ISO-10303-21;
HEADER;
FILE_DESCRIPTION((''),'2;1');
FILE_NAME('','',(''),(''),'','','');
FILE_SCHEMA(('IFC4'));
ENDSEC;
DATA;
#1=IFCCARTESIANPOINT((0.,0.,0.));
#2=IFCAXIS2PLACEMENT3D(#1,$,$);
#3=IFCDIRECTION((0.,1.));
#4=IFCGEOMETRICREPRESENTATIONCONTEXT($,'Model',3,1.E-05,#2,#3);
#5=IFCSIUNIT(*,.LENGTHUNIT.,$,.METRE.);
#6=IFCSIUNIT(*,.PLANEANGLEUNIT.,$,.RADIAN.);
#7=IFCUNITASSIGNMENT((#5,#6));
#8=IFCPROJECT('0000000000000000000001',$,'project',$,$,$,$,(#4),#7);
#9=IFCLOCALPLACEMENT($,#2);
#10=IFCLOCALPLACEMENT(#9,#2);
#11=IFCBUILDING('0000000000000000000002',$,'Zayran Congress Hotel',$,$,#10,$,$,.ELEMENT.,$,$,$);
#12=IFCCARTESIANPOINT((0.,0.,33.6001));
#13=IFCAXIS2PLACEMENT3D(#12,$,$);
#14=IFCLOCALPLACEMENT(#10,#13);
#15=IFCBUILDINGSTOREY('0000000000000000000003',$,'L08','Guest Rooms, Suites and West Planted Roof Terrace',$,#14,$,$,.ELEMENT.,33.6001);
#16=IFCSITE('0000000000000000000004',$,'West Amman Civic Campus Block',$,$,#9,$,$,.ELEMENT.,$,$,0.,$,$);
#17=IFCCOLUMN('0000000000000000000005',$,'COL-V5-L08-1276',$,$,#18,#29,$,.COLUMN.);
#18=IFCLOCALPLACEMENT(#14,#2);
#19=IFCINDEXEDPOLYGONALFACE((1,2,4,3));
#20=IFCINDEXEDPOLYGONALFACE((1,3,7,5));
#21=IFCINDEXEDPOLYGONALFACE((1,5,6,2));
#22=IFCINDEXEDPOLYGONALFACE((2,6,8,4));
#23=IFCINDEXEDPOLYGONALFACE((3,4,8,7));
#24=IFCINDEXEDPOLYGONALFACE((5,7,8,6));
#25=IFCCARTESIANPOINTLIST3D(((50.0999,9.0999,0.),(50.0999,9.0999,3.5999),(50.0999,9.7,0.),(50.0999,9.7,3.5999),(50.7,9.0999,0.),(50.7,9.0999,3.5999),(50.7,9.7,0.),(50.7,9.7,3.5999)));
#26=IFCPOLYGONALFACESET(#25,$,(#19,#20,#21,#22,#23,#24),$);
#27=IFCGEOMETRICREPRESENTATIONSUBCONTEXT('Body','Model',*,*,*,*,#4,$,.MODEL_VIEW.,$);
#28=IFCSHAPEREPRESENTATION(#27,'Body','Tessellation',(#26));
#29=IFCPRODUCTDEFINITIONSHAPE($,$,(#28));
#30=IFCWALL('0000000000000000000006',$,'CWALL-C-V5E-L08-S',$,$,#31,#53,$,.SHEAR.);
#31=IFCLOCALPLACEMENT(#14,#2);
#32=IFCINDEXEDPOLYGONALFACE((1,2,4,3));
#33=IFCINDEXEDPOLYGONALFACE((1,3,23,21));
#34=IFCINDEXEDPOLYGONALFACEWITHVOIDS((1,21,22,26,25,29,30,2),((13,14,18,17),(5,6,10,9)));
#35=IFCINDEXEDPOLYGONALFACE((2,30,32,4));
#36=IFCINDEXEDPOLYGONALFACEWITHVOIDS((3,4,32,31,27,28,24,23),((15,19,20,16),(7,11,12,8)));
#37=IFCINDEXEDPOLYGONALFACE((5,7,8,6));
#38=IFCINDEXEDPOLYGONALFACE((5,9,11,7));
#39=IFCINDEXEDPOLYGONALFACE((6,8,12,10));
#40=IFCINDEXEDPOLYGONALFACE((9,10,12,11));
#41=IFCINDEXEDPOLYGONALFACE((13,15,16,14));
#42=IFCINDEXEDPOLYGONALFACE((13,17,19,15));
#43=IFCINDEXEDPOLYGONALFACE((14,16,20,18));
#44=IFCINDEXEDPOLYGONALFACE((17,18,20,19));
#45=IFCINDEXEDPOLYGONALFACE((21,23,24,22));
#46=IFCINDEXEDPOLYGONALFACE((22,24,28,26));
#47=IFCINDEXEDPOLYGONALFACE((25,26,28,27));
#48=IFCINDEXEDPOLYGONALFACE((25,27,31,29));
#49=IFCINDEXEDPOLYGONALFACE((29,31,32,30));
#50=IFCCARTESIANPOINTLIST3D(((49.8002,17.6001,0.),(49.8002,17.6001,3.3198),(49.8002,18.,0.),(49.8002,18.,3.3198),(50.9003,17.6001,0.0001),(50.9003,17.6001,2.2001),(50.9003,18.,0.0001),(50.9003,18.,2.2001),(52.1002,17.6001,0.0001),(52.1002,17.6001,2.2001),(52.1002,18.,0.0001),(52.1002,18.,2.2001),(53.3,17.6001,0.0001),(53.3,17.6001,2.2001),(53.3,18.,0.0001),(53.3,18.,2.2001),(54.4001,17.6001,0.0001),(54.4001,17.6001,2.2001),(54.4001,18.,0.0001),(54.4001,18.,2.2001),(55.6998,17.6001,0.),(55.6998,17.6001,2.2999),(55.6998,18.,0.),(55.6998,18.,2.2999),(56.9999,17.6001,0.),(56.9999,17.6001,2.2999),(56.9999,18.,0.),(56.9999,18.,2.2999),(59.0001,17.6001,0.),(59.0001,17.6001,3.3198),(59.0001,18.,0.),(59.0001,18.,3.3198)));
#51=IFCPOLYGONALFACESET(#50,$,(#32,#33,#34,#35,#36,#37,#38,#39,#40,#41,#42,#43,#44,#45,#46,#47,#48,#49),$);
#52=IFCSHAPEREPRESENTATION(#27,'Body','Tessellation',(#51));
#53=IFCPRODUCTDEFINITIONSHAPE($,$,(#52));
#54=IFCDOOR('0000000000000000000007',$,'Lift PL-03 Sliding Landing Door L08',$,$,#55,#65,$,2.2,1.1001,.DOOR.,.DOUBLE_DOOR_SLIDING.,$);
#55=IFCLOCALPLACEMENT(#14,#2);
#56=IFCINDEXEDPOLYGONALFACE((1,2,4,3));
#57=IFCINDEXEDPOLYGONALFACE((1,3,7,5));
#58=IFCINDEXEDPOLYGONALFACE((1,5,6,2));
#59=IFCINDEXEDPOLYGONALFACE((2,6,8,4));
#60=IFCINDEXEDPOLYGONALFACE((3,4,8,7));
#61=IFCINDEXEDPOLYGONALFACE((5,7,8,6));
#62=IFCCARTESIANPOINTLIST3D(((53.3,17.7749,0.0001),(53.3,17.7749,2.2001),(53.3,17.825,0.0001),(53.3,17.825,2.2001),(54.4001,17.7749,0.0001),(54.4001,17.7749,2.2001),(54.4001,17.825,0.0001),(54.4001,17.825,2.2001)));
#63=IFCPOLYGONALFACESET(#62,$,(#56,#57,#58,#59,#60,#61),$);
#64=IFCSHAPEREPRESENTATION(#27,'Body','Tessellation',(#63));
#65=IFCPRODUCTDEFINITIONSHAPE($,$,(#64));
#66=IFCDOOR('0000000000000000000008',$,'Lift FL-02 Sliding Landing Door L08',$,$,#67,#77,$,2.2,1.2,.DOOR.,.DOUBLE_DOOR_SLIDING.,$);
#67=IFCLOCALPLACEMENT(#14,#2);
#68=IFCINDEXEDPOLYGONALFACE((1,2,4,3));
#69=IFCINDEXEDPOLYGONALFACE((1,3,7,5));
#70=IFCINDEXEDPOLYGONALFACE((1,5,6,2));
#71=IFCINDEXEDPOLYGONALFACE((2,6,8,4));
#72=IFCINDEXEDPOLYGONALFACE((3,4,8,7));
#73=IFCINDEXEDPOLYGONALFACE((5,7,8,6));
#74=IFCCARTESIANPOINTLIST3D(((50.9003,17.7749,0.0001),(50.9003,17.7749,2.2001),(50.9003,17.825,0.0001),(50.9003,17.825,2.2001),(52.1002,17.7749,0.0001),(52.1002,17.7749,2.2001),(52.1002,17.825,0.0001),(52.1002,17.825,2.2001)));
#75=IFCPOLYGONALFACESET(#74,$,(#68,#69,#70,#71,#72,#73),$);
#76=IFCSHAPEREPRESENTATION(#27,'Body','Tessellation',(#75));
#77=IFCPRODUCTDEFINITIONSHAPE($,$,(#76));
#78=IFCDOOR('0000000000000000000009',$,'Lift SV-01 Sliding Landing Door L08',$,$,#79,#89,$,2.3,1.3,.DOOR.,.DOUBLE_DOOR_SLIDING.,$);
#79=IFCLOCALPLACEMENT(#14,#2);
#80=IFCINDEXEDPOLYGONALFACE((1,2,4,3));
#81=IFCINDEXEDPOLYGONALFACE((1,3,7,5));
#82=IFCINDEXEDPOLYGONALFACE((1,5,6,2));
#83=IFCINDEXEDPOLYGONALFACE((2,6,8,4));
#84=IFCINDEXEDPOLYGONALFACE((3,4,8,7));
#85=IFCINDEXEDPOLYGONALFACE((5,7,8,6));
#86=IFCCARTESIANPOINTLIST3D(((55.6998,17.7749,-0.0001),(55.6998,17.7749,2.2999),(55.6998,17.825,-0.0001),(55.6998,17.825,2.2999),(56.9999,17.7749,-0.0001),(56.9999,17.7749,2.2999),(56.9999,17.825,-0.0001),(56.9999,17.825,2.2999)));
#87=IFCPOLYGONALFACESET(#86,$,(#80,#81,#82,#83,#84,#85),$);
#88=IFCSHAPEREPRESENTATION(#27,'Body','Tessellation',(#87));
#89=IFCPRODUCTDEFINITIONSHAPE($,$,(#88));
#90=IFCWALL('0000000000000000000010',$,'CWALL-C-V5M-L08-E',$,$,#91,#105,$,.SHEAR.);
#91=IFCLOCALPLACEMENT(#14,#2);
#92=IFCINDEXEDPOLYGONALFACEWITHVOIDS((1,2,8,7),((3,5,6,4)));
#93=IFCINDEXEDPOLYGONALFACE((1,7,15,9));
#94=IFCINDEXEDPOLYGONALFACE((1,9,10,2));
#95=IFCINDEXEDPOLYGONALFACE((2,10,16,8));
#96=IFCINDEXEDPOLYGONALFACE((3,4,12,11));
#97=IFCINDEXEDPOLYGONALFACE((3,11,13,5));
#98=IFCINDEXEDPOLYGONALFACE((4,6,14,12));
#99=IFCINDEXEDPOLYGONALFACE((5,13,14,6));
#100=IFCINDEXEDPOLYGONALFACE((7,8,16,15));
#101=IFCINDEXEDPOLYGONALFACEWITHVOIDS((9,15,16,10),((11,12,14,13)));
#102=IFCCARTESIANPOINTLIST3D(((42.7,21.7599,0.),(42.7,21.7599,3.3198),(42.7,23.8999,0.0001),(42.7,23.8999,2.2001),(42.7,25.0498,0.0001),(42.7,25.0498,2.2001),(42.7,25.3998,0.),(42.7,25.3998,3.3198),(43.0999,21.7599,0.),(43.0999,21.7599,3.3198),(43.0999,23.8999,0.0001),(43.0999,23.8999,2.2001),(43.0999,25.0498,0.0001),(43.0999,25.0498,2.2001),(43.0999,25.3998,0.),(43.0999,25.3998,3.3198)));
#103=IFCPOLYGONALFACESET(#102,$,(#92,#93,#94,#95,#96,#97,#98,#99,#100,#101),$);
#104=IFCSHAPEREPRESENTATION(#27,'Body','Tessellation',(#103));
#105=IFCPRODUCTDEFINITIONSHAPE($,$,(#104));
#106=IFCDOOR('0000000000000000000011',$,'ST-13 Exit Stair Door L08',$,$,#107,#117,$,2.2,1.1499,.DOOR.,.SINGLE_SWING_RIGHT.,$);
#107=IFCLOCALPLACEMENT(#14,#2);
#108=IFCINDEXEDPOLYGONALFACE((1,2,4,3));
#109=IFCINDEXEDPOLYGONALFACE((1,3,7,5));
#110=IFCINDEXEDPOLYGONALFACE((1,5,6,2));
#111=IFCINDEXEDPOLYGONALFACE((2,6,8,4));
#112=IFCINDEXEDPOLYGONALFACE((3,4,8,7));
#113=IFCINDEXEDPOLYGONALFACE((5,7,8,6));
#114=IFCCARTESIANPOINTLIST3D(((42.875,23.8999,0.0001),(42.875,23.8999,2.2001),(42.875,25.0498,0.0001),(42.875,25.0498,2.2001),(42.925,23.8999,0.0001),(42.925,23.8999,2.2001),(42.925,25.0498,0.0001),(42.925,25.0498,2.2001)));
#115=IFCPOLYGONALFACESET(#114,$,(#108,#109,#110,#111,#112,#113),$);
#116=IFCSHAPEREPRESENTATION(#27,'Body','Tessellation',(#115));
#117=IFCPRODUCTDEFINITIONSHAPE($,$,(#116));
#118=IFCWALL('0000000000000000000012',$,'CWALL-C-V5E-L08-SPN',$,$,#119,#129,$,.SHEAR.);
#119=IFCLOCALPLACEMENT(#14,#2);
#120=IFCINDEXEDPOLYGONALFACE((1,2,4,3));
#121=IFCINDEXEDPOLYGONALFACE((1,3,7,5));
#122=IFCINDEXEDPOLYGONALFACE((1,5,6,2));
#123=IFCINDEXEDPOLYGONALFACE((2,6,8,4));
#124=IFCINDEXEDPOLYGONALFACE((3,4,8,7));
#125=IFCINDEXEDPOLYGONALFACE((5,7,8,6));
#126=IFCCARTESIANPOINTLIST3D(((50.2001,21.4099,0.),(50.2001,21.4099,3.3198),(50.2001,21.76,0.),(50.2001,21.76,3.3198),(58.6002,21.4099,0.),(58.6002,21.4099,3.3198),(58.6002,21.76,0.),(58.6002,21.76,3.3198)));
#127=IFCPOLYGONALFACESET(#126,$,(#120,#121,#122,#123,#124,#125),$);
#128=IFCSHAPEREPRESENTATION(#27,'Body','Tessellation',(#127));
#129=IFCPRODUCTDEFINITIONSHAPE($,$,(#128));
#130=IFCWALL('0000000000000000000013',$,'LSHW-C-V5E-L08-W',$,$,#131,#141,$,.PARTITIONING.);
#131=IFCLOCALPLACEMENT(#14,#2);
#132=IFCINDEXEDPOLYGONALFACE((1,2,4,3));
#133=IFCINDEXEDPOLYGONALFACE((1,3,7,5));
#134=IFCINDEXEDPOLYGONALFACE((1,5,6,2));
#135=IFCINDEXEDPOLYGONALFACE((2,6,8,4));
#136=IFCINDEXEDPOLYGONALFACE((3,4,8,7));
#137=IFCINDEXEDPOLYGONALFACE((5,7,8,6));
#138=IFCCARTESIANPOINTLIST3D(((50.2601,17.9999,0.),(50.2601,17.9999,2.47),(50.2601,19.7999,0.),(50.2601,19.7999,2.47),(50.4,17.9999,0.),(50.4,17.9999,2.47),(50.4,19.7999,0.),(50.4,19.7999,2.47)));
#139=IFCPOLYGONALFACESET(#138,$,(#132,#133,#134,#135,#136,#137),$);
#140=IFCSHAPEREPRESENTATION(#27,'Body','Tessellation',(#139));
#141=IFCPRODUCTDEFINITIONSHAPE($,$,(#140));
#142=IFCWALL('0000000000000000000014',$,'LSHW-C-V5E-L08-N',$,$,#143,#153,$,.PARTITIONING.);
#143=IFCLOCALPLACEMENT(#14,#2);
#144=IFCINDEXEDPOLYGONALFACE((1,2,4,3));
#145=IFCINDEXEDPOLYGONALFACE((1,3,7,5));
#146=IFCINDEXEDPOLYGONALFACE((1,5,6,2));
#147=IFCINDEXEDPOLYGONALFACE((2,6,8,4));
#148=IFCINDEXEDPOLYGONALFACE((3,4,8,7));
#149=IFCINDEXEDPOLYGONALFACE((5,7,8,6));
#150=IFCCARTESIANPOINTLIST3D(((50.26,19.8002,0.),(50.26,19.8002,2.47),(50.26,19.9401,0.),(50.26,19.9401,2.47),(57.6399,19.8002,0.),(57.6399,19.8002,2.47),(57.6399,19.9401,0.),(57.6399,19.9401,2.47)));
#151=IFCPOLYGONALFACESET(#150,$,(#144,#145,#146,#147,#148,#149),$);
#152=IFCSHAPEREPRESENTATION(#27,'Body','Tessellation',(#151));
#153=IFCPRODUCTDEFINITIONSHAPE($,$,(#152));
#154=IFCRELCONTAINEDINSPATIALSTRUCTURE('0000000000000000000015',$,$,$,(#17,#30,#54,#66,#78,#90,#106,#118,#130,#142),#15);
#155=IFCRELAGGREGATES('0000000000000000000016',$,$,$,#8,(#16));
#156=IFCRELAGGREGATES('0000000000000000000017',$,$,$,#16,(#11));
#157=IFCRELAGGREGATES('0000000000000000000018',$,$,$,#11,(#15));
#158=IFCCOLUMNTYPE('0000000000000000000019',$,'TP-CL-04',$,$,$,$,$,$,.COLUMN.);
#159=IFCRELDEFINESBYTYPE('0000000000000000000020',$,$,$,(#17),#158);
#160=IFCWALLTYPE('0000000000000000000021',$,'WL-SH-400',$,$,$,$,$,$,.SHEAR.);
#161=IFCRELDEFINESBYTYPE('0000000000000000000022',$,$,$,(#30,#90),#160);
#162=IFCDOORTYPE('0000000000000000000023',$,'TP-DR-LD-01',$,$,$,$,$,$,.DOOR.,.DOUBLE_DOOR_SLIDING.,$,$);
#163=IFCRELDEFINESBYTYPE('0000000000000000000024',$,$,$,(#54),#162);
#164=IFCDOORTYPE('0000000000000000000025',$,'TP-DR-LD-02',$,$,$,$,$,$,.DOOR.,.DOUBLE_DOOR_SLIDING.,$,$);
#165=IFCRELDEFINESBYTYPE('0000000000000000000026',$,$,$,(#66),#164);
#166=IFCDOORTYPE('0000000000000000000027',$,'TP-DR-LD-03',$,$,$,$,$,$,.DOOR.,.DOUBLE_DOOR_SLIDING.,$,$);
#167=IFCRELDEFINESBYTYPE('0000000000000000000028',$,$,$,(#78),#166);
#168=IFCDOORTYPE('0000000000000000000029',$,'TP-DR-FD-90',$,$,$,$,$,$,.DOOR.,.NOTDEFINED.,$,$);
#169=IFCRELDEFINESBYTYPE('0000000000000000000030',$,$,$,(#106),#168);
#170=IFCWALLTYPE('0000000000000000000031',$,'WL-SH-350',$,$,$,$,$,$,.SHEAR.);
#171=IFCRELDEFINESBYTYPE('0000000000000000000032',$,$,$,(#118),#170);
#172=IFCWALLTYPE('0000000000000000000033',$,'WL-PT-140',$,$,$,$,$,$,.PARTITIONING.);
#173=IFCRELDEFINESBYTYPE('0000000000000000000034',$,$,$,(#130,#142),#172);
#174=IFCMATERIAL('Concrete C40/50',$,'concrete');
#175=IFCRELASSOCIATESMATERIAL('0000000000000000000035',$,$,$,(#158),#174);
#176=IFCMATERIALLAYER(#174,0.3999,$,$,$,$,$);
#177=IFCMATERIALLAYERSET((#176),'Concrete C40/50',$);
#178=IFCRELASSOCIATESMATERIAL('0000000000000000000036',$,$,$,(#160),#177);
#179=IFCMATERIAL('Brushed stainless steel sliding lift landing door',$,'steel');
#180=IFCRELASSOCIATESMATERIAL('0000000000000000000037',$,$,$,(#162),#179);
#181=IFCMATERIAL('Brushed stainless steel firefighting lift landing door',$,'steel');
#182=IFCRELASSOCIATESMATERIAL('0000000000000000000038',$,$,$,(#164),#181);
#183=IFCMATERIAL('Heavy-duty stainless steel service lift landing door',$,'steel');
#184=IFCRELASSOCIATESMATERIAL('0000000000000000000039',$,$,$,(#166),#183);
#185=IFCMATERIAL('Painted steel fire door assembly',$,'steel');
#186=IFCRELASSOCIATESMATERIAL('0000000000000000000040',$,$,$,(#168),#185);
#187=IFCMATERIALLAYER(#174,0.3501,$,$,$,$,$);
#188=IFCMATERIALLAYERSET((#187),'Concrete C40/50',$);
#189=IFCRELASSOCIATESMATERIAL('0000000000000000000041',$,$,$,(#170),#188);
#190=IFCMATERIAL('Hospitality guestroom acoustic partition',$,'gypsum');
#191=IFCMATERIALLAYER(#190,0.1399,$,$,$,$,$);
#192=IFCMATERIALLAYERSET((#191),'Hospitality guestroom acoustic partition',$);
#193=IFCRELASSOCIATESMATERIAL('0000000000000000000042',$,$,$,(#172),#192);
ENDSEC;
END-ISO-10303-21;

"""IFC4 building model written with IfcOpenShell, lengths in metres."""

from ifc_helpers import new_model, si_unit, direction, frame, frame_2d, origin, origin_2d, place, context, subcontext, project, spatial, rectangle, extrude, material, layer, layer_set, material_profile, profile_set, type_object, element, fill, save


model = new_model("IFC4")

# Units and contexts
model_context = context("Model", 3, precision=1e-05, world=origin(), true_north=direction((0.0, 1.0)))
body_context = subcontext(model_context, "Body", "Model", "MODEL_VIEW")
ifc_project = project(units=[si_unit("LENGTHUNIT", "METRE"), si_unit("PLANEANGLEUNIT", "RADIAN")], contexts=[model_context])

# Site, building, storey
site_placement = place(None, origin())
site = spatial("IfcSite", under=ifc_project, at=site_placement, Name="West Amman Civic Campus Block", CompositionType="ELEMENT", RefElevation=0.0)
building_placement = place(site_placement, origin())
building = spatial("IfcBuilding", under=site, at=building_placement, Name="Zayran Congress Hotel", CompositionType="ELEMENT")
storey_placement = place(building_placement, frame((0.0, 0.0, 33.6001)))
storey = spatial("IfcBuildingStorey", under=building, at=storey_placement, Name="L08", Description="Guest Rooms, Suites and West Planted Roof Terrace", CompositionType="ELEMENT", Elevation=33.6001)

# Column
ifc_material_1 = material(Name="Concrete C40/50", Category="concrete")
ifc_material_profile = material_profile(ifc_material_1, rectangle(XDim=0.6001, YDim=0.6001, at=origin_2d()), Name="RC 600x600")
ifc_profile_set = profile_set([ifc_material_profile], Name="Concrete C40/50")
column_type = type_object("IfcColumnType", Name="TP-CL-04", PredefinedType="COLUMN", material=ifc_profile_set)
column_placement = place(storey_placement, frame((50.3999, 9.3999, 0.0), z_axis=(0.0, 0.0, 1.0), x_axis=(1.0, 0.0, 0.0)))
element("IfcColumn", 1, at=column_placement, inside=storey, type_object=column_type, Name="COL-V5-L08-1276", PredefinedType="COLUMN", context=body_context, shape_type="SweptSolid", body=[
    extrude(rectangle(XDim=0.6001, YDim=0.6001, at=origin_2d()), origin(), (0.0, 0.0, 1.0), 3.5999),
])

# Wall, openings, doors
ifc_layer_1 = layer(ifc_material_1, 0.3999)
ifc_layer_set_1 = layer_set([ifc_layer_1], Name="Concrete C40/50")
wall_type_1 = type_object("IfcWallType", Name="WL-SH-400", PredefinedType="SHEAR", material=ifc_layer_set_1)
wall_1_placement = place(storey_placement, frame((49.8, 17.8, 0.0), z_axis=(0.0, 0.0, 1.0), x_axis=(1.0, 0.0, 0.0)))
wall_1 = element("IfcWall", 2, at=wall_1_placement, inside=storey, type_object=wall_type_1, Name="CWALL-C-V5E-L08-S", PredefinedType="SHEAR", context=body_context, shape_type="SweptSolid", body=[
    extrude(rectangle(XDim=9.2, YDim=0.3999, at=frame_2d((4.6001, 0.0))), origin(), (0.0, 0.0, 1.0), 3.3198),
])
opening_1_placement = place(wall_1_placement, frame((1.1001, 0.0, 0.0)))
opening_1 = element("IfcOpeningElement", 3, at=opening_1_placement, cuts=wall_1, PredefinedType="OPENING", context=body_context, shape_type="SweptSolid", body=[
    extrude(rectangle(XDim=1.2, YDim=2.2, at=frame_2d((0.6001, 1.1001))), frame((0.0, 0.21, 0.0), z_axis=(0.0, -1.0, 0.0), x_axis=(1.0, 0.0, 0.0)), (0.0, 0.0, 1.0), 0.4199),
])
opening_2_placement = place(wall_1_placement, frame((3.5, 0.0, 0.0)))
opening_2 = element("IfcOpeningElement", 4, at=opening_2_placement, cuts=wall_1, PredefinedType="OPENING", context=body_context, shape_type="SweptSolid", body=[
    extrude(rectangle(XDim=1.1001, YDim=2.2, at=frame_2d((0.55, 1.1001))), frame((0.0, 0.21, 0.0), z_axis=(0.0, -1.0, 0.0), x_axis=(1.0, 0.0, 0.0)), (0.0, 0.0, 1.0), 0.4199),
])
opening_3_placement = place(wall_1_placement, frame((5.8999, 0.0, 0.0)))
opening_3 = element("IfcOpeningElement", 5, at=opening_3_placement, cuts=wall_1, PredefinedType="OPENING", context=body_context, shape_type="SweptSolid", body=[
    extrude(rectangle(XDim=1.3, YDim=2.3, at=frame_2d((0.6499, 1.1499))), frame((0.0, 0.21, 0.0), z_axis=(0.0, -1.0, 0.0), x_axis=(1.0, 0.0, 0.0)), (0.0, 0.0, 1.0), 0.4199),
])
ifc_material_2 = material(Name="Brushed stainless steel sliding lift landing door", Category="steel")
door_type_1 = type_object("IfcDoorType", Name="TP-DR-LD-01", OperationType="DOUBLE_DOOR_SLIDING", PredefinedType="DOOR", material=ifc_material_2)
door_1_placement = place(opening_2_placement, origin())
door_1 = element("IfcDoor", 6, at=door_1_placement, inside=storey, type_object=door_type_1, Name="Lift PL-03 Sliding Landing Door L08", OperationType="DOUBLE_DOOR_SLIDING", OverallHeight=2.2, OverallWidth=1.1001, PredefinedType="DOOR", context=body_context, shape_type="SweptSolid", body=[
    extrude(rectangle(XDim=1.1001, YDim=2.2, at=frame_2d((0.55, 1.1001))), frame((0.0, 0.0249, 0.0), z_axis=(0.0, -1.0, 0.0), x_axis=(1.0, 0.0, 0.0)), (0.0, 0.0, 1.0), 0.05),
])
fill(opening_2, door_1)
ifc_material_3 = material(Name="Brushed stainless steel firefighting lift landing door", Category="steel")
door_type_2 = type_object("IfcDoorType", Name="TP-DR-LD-02", OperationType="DOUBLE_DOOR_SLIDING", PredefinedType="DOOR", material=ifc_material_3)
door_2_placement = place(opening_1_placement, origin())
door_2 = element("IfcDoor", 7, at=door_2_placement, inside=storey, type_object=door_type_2, Name="Lift FL-02 Sliding Landing Door L08", OperationType="DOUBLE_DOOR_SLIDING", OverallHeight=2.2, OverallWidth=1.2, PredefinedType="DOOR", context=body_context, shape_type="SweptSolid", body=[
    extrude(rectangle(XDim=1.2, YDim=2.2, at=frame_2d((0.6001, 1.1001))), frame((0.0, 0.0249, 0.0), z_axis=(0.0, -1.0, 0.0), x_axis=(1.0, 0.0, 0.0)), (0.0, 0.0, 1.0), 0.05),
])
fill(opening_1, door_2)
ifc_material_4 = material(Name="Heavy-duty stainless steel service lift landing door", Category="steel")
door_type_3 = type_object("IfcDoorType", Name="TP-DR-LD-03", OperationType="DOUBLE_DOOR_SLIDING", PredefinedType="DOOR", material=ifc_material_4)
door_3_placement = place(opening_3_placement, origin())
door_3 = element("IfcDoor", 8, at=door_3_placement, inside=storey, type_object=door_type_3, Name="Lift SV-01 Sliding Landing Door L08", OperationType="DOUBLE_DOOR_SLIDING", OverallHeight=2.3, OverallWidth=1.3, PredefinedType="DOOR", context=body_context, shape_type="SweptSolid", body=[
    extrude(rectangle(XDim=1.3, YDim=2.3, at=frame_2d((0.6499, 1.1499))), frame((0.0, 0.0249, 0.0), z_axis=(0.0, -1.0, 0.0), x_axis=(1.0, 0.0, 0.0)), (0.0, 0.0, 1.0), 0.05),
])
fill(opening_3, door_3)

# Wall, opening, door
wall_2_placement = place(storey_placement, frame((42.8999, 21.76, 0.0), z_axis=(0.0, 0.0, 1.0), x_axis=(0.0, 1.0, 0.0)))
wall_2 = element("IfcWall", 9, at=wall_2_placement, inside=storey, type_object=wall_type_1, Name="CWALL-C-V5M-L08-E", PredefinedType="SHEAR", context=body_context, shape_type="SweptSolid", body=[
    extrude(rectangle(XDim=3.6399, YDim=0.3999, at=frame_2d((1.8198, 0.0))), origin(), (0.0, 0.0, 1.0), 3.3198),
])
opening_4_placement = place(wall_2_placement, frame((2.1399, 0.0, 0.0)))
opening_4 = element("IfcOpeningElement", 10, at=opening_4_placement, cuts=wall_2, PredefinedType="OPENING", context=body_context, shape_type="SweptSolid", body=[
    extrude(rectangle(XDim=1.1499, YDim=2.2, at=frame_2d((0.575, 1.1001))), frame((0.0, 0.21, 0.0), z_axis=(0.0, -1.0, 0.0), x_axis=(1.0, 0.0, 0.0)), (0.0, 0.0, 1.0), 0.4199),
])
ifc_material_5 = material(Name="Painted steel fire door assembly", Category="steel")
door_type_4 = type_object("IfcDoorType", Name="TP-DR-FD-90", OperationType="NOTDEFINED", PredefinedType="DOOR", material=ifc_material_5)
door_4_placement = place(opening_4_placement, origin())
door_4 = element("IfcDoor", 11, at=door_4_placement, inside=storey, type_object=door_type_4, Name="ST-13 Exit Stair Door L08", OperationType="SINGLE_SWING_RIGHT", OverallHeight=2.2, OverallWidth=1.1499, PredefinedType="DOOR", context=body_context, shape_type="SweptSolid", body=[
    extrude(rectangle(XDim=1.1499, YDim=2.2, at=frame_2d((0.575, 1.1001))), frame((0.0, 0.0249, 0.0), z_axis=(0.0, -1.0, 0.0), x_axis=(1.0, 0.0, 0.0)), (0.0, 0.0, 1.0), 0.05),
])
fill(opening_4, door_4)

# Walls
ifc_layer_2 = layer(ifc_material_1, 0.3501)
ifc_layer_set_2 = layer_set([ifc_layer_2], Name="Concrete C40/50")
wall_type_2 = type_object("IfcWallType", Name="WL-SH-350", PredefinedType="SHEAR", material=ifc_layer_set_2)
wall_3_placement = place(storey_placement, frame((50.2, 21.585, 0.0), z_axis=(0.0, 0.0, 1.0), x_axis=(1.0, 0.0, 0.0)))
element("IfcWall", 12, at=wall_3_placement, inside=storey, type_object=wall_type_2, Name="CWALL-C-V5E-L08-SPN", PredefinedType="SHEAR", context=body_context, shape_type="SweptSolid", body=[
    extrude(rectangle(XDim=8.4001, YDim=0.3501, at=frame_2d((4.2002, 0.0))), origin(), (0.0, 0.0, 1.0), 3.3198),
])
ifc_material_6 = material(Name="Hospitality guestroom acoustic partition", Category="gypsum")
ifc_layer_3 = layer(ifc_material_6, 0.1399)
ifc_layer_set_3 = layer_set([ifc_layer_3], Name="Hospitality guestroom acoustic partition")
wall_type_3 = type_object("IfcWallType", Name="WL-PT-140", PredefinedType="PARTITIONING", material=ifc_layer_set_3)
wall_4_placement = place(storey_placement, frame((50.3301, 18.0, 0.0), z_axis=(0.0, 0.0, 1.0), x_axis=(0.0, 1.0, 0.0)))
element("IfcWall", 13, at=wall_4_placement, inside=storey, type_object=wall_type_3, Name="LSHW-C-V5E-L08-W", PredefinedType="PARTITIONING", context=body_context, shape_type="SweptSolid", body=[
    extrude(rectangle(XDim=1.8, YDim=0.1399, at=frame_2d((0.8999, 0.0))), origin(), (0.0, 0.0, 1.0), 2.47),
])
wall_5_placement = place(storey_placement, frame((50.26, 19.8701, 0.0), z_axis=(0.0, 0.0, 1.0), x_axis=(1.0, 0.0, 0.0)))
element("IfcWall", 14, at=wall_5_placement, inside=storey, type_object=wall_type_3, Name="LSHW-C-V5E-L08-N", PredefinedType="PARTITIONING", context=body_context, shape_type="SweptSolid", body=[
    extrude(rectangle(XDim=7.3799, YDim=0.1399, at=frame_2d((3.6899, 0.0))), origin(), (0.0, 0.0, 1.0), 2.47),
])

save(model, "model.ifc")
